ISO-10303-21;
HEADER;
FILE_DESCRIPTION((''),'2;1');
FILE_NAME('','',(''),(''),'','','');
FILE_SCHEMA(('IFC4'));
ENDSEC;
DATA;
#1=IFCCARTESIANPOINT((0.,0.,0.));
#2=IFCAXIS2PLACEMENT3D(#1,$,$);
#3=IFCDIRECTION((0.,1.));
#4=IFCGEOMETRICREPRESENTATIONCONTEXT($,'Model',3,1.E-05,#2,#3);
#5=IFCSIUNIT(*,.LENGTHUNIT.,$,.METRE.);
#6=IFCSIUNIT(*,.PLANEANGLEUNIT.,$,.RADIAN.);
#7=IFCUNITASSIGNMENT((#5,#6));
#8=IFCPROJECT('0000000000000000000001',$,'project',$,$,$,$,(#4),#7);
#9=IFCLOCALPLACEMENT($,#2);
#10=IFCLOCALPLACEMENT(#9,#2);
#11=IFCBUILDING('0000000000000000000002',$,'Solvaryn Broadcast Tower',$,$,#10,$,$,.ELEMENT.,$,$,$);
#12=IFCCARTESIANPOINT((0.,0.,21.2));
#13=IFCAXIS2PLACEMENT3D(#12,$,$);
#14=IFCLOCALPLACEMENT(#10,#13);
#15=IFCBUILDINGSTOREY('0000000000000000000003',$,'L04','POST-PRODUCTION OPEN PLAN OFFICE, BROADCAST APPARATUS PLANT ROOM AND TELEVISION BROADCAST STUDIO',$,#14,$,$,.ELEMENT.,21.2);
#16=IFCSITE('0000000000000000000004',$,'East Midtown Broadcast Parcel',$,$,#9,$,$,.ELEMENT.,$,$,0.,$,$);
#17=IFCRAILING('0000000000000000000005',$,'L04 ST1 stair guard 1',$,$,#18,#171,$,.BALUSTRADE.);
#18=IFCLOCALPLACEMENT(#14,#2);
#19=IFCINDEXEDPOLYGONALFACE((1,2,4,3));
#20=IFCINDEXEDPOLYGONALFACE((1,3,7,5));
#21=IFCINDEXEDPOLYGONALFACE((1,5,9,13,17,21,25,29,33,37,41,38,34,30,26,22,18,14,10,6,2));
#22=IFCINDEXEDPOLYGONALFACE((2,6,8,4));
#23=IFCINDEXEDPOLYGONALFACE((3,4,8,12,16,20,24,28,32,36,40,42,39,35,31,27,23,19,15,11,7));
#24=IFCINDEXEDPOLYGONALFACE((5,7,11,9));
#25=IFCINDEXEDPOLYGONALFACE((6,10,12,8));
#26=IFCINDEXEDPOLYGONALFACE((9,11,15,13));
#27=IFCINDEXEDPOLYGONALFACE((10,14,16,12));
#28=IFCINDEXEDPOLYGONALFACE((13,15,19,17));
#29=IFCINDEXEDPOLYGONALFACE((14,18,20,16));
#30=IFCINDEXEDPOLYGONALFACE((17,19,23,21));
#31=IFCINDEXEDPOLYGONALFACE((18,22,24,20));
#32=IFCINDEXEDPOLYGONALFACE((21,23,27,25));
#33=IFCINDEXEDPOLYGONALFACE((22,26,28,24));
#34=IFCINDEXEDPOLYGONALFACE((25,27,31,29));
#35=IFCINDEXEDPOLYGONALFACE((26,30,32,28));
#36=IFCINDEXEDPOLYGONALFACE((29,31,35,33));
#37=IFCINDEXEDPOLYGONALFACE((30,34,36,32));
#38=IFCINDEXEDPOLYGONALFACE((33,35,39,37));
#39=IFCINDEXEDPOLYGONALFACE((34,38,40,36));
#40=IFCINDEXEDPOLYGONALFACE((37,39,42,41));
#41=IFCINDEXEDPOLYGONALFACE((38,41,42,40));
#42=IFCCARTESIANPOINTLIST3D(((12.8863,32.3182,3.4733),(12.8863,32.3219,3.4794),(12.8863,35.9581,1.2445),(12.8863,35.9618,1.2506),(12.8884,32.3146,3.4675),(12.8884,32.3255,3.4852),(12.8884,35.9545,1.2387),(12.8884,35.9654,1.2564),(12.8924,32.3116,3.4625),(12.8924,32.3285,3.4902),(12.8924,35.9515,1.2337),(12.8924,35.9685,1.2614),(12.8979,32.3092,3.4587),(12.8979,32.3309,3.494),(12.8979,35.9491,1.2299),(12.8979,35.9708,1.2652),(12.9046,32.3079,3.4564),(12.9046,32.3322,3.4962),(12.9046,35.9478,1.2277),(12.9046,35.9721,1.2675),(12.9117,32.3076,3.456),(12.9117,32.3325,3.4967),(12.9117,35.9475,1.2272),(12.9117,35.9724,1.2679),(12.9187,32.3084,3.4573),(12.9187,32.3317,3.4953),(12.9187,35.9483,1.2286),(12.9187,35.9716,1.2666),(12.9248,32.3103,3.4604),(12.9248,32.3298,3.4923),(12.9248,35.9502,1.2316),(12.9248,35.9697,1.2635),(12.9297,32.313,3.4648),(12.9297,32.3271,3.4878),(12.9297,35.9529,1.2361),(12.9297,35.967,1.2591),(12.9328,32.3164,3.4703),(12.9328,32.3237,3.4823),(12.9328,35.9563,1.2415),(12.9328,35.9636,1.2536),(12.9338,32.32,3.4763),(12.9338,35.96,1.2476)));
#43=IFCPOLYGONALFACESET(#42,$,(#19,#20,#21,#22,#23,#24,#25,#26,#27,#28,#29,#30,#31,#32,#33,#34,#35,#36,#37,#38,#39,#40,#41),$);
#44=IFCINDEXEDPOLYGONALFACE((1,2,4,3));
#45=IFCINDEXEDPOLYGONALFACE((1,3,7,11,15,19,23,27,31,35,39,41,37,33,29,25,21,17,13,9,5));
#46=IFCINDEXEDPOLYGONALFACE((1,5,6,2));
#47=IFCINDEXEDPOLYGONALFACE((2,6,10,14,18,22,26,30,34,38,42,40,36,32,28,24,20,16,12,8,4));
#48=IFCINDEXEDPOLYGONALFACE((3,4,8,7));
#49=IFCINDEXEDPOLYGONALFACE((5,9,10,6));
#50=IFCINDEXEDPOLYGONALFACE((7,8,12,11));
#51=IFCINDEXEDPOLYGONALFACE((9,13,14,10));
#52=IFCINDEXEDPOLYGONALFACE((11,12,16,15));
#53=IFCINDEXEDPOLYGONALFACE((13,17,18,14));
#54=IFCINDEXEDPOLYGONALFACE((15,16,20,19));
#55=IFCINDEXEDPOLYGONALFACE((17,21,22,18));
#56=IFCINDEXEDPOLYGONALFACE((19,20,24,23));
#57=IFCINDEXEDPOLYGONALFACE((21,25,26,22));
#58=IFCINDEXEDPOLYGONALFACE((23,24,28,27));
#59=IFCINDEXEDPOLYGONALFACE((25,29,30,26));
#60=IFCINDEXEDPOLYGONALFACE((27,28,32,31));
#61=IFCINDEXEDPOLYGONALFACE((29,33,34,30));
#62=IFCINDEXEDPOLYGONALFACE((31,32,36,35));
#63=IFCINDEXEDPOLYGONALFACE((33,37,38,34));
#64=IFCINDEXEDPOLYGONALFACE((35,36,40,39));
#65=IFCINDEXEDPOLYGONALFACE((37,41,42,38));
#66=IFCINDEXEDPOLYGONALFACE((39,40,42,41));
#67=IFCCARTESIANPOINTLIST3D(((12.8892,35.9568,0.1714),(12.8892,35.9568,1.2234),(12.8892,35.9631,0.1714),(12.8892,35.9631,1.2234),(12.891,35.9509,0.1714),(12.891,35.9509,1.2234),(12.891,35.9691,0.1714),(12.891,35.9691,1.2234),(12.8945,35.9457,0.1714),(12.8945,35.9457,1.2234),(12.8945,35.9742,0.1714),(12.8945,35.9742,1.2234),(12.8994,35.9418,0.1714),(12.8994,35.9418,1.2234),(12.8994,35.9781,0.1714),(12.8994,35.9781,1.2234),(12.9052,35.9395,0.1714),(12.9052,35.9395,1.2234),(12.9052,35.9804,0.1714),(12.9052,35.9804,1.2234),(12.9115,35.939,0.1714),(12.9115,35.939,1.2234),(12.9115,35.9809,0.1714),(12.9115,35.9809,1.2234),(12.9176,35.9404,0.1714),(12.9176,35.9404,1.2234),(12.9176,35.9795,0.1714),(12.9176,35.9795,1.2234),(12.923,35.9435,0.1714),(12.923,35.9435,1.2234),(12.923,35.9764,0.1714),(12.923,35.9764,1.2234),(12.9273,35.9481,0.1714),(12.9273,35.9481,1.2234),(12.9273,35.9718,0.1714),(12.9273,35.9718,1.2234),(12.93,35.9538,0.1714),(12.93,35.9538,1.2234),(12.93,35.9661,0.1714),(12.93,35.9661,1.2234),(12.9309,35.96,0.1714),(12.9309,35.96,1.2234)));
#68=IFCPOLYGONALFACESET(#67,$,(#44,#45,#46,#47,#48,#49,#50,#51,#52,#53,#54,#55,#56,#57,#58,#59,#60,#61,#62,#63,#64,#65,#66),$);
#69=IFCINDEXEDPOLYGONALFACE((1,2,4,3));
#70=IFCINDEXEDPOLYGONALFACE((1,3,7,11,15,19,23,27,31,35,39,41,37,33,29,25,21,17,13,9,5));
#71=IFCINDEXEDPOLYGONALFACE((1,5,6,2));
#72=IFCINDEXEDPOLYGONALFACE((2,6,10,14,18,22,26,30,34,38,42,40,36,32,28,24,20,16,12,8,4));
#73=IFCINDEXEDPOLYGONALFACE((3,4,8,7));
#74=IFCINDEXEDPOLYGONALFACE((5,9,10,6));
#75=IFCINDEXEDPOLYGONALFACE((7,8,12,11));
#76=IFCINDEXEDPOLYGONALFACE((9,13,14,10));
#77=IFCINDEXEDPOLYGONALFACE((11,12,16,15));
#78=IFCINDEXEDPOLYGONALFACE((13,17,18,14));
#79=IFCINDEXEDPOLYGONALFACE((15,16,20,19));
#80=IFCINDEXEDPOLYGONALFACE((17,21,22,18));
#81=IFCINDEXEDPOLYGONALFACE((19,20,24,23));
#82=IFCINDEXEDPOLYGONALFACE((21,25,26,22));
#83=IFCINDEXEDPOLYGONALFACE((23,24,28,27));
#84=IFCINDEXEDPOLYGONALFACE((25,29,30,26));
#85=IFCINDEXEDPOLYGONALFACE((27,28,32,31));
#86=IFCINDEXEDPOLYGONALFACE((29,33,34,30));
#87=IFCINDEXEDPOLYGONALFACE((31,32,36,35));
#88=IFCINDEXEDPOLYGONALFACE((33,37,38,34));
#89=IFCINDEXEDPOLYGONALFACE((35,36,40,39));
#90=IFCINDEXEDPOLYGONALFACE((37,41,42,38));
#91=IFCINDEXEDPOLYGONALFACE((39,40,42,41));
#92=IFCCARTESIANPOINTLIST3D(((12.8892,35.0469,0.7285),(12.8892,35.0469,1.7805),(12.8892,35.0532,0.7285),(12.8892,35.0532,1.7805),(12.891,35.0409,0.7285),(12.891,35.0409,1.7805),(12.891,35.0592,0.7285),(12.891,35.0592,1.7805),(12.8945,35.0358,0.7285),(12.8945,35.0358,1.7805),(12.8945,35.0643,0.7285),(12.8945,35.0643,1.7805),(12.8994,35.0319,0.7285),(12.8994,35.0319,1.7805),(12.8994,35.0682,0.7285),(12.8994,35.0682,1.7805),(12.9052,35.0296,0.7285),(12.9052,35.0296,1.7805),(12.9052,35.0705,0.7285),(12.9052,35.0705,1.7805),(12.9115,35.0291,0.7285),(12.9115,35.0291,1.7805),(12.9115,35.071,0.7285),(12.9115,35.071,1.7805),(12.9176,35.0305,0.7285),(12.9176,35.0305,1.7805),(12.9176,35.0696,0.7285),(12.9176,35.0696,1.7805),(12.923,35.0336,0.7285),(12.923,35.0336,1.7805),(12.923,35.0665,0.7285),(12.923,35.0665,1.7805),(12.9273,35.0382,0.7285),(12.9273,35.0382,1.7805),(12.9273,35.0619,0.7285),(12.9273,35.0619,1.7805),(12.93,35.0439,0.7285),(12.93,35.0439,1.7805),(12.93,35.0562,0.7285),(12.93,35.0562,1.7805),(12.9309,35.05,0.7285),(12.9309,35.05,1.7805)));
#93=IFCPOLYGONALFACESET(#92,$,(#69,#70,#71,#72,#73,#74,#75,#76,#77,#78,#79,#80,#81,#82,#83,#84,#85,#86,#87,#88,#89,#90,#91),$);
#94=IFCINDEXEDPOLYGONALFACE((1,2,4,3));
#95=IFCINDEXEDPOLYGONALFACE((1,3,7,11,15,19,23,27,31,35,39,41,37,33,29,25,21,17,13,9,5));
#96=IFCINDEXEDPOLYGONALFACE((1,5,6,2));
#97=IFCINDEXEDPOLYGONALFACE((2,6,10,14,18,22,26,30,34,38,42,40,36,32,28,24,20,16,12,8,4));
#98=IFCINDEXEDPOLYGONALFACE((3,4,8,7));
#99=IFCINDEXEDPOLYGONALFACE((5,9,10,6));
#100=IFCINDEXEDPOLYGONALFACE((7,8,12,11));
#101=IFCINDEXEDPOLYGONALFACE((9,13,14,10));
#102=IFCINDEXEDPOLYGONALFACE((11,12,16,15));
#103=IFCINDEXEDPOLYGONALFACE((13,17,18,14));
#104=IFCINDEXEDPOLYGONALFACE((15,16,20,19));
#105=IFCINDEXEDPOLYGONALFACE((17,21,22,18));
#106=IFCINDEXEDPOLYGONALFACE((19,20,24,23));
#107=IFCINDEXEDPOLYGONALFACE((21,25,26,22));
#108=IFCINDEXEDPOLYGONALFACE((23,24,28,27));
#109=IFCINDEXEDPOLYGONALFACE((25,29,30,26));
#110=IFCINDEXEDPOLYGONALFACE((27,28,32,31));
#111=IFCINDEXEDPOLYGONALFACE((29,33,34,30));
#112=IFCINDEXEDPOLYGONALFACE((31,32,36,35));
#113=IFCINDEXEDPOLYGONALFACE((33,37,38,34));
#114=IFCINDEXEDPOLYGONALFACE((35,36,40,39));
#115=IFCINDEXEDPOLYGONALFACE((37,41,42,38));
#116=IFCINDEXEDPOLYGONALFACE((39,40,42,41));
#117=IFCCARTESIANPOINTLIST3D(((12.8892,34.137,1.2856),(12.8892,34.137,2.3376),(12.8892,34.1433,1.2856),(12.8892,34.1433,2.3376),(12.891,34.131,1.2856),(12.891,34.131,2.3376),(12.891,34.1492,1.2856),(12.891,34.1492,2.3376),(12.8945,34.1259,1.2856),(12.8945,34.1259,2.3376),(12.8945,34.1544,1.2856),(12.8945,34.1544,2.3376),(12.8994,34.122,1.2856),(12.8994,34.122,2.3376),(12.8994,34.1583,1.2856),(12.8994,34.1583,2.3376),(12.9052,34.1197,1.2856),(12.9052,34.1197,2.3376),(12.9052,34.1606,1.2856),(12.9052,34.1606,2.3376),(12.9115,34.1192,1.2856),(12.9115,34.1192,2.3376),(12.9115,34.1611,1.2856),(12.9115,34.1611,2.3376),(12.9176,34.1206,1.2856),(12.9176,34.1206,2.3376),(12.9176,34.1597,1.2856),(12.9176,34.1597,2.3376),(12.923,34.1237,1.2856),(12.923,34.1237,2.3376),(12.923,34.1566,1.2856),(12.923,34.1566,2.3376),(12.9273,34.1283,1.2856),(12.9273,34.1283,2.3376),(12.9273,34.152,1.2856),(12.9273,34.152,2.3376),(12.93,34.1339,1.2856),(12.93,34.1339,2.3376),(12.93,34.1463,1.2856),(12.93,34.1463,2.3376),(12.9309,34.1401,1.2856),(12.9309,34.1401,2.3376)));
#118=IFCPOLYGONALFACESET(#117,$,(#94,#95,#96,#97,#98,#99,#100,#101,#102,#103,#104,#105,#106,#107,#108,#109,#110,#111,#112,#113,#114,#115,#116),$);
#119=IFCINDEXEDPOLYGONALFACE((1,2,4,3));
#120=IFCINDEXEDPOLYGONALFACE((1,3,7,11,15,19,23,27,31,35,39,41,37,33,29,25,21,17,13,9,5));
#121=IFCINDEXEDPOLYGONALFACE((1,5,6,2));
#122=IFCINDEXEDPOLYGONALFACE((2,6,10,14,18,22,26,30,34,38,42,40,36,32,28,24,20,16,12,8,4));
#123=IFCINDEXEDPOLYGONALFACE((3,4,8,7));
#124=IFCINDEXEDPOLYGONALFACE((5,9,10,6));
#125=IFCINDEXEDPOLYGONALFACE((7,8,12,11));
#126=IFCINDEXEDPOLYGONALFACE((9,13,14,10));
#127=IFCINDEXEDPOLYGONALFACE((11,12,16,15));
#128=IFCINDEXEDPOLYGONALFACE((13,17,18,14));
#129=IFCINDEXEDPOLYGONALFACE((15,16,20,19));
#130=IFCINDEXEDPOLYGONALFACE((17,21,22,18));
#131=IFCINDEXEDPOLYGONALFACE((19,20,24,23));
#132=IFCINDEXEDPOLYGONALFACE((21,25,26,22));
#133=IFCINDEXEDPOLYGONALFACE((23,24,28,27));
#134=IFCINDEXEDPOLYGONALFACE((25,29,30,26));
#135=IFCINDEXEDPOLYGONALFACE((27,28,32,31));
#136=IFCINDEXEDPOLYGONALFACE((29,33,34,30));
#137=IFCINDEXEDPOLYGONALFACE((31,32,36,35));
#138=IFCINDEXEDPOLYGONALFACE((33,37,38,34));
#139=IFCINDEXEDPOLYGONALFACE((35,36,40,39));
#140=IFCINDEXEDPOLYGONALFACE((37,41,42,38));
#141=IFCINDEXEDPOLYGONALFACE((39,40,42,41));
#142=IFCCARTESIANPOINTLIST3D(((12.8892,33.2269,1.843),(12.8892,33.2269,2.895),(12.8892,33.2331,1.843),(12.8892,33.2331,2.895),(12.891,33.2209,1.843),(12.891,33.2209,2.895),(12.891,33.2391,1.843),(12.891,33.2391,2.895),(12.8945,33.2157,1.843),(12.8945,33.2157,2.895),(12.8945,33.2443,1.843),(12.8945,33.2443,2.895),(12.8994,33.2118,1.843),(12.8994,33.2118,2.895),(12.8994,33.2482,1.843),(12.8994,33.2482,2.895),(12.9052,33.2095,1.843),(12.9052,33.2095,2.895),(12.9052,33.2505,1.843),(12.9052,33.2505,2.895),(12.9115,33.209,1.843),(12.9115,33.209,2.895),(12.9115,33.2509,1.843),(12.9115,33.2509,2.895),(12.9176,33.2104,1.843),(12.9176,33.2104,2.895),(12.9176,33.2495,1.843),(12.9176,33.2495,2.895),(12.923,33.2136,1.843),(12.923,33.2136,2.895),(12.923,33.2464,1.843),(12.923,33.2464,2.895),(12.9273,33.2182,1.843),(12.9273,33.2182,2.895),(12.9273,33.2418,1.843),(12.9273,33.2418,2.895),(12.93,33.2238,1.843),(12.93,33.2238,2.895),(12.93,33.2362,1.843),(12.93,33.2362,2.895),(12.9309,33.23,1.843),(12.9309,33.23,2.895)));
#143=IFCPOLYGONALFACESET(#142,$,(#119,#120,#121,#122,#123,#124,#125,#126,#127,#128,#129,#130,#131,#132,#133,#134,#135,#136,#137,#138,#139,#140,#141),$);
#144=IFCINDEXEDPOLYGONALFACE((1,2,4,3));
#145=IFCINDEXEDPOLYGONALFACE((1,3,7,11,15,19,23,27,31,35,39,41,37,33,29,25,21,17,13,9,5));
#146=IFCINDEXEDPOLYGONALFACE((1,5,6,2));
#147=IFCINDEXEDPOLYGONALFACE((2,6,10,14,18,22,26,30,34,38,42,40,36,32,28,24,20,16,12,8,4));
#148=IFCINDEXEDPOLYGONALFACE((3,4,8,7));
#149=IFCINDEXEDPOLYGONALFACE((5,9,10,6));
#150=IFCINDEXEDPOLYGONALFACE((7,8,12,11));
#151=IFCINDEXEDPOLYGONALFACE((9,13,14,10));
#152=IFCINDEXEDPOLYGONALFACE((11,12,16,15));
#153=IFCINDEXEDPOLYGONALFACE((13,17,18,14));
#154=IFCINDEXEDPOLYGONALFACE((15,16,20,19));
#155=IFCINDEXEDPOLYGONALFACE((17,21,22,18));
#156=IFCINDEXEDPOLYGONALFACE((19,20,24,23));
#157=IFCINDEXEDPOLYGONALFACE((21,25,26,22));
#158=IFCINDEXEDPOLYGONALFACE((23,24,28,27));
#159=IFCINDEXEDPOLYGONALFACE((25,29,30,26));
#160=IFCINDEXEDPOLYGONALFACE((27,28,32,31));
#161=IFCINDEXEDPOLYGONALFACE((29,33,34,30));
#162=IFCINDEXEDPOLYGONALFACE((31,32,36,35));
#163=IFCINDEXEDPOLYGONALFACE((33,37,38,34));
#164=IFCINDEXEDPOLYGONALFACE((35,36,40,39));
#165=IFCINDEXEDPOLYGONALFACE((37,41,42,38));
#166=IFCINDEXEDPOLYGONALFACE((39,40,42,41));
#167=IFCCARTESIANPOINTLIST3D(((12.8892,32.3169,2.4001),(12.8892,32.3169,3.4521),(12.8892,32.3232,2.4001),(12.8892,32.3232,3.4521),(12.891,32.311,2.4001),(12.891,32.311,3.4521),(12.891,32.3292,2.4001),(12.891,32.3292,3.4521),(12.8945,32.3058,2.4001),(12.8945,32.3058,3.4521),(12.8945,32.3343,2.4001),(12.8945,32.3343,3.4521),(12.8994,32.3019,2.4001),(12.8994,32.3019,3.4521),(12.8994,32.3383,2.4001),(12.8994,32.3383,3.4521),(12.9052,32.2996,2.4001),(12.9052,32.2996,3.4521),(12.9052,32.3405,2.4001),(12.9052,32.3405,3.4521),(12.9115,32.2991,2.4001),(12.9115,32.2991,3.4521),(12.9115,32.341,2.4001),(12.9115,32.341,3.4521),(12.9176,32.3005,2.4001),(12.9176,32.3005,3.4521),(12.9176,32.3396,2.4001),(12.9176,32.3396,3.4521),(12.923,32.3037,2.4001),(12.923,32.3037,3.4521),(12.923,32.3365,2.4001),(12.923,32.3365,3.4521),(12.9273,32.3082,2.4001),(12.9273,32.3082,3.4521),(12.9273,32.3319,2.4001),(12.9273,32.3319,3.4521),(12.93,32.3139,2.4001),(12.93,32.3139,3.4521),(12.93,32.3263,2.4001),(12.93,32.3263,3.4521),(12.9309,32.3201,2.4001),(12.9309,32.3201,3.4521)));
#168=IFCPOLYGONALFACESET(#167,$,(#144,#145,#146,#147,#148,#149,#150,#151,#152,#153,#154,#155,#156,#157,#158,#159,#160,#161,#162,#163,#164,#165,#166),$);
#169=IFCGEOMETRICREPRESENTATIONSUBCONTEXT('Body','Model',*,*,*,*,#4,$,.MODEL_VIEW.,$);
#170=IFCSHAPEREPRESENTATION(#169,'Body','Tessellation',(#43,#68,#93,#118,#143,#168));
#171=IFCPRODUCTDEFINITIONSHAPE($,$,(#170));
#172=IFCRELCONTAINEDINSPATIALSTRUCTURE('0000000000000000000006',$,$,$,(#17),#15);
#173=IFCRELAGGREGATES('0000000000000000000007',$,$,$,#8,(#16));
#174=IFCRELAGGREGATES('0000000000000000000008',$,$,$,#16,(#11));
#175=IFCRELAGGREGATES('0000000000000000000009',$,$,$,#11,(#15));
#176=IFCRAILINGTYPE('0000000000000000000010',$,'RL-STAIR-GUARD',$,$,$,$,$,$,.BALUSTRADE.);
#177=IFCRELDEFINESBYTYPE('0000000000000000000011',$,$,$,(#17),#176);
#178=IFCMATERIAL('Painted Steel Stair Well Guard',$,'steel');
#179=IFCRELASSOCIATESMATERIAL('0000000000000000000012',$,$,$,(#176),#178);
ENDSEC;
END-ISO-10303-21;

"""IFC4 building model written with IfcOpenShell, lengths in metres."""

from ifc_helpers import new_model, si_unit, direction, frame, origin, origin_2d, place, context, subcontext, project, spatial, circle, extrude, material, type_object, element, save


model = new_model("IFC4")

# Units and contexts
model_context = context("Model", 3, precision=1e-05, world=origin(), true_north=direction((0.0, 1.0)))
body_context = subcontext(model_context, "Body", "Model", "MODEL_VIEW")
ifc_project = project(units=[si_unit("LENGTHUNIT", "METRE"), si_unit("PLANEANGLEUNIT", "RADIAN")], contexts=[model_context])

# Site, building, storey
site_placement = place(None, origin())
site = spatial("IfcSite", under=ifc_project, at=site_placement, Name="East Midtown Broadcast Parcel", CompositionType="ELEMENT", RefElevation=0.0)
building_placement = place(site_placement, origin())
building = spatial("IfcBuilding", under=site, at=building_placement, Name="Solvaryn Broadcast Tower", CompositionType="ELEMENT")
storey_placement = place(building_placement, frame((0.0, 0.0, 21.2)))
storey = spatial("IfcBuildingStorey", under=building, at=storey_placement, Name="L04", Description="POST-PRODUCTION OPEN PLAN OFFICE, BROADCAST APPARATUS PLANT ROOM AND TELEVISION BROADCAST STUDIO", CompositionType="ELEMENT", Elevation=21.2)

# Railing
ifc_material_1 = material(Name="Painted Steel Stair Well Guard", Category="steel")
railing_type_1 = type_object("IfcRailingType", Name="RL-STAIR-GUARD", PredefinedType="BALUSTRADE", material=ifc_material_1)
railing_1_placement = place(storey_placement, frame((12.9099, 35.96, 0.1714)))
element("IfcRailing", 1, at=railing_1_placement, inside=storey, type_object=railing_type_1, Name="L04 ST1 stair guard 1", PredefinedType="BALUSTRADE", context=body_context, shape_type="SweptSolid", body=[
    extrude(circle(Radius=0.0239, at=origin_2d()), frame((0.0, 0.0, 1.0762), z_axis=(0.0, -0.852825, 0.522197), x_axis=(1.0, 0.0, 0.0)), (0.0, 0.0, 1.0), 4.2681),
    extrude(circle(Radius=0.021, at=origin_2d()), origin(), (0.0, 0.0, 1.0), 1.052),
    extrude(circle(Radius=0.021, at=origin_2d()), frame((0.0, -0.9099, 0.5571)), (0.0, 0.0, 1.0), 1.052),
    extrude(circle(Radius=0.021, at=origin_2d()), frame((0.0, -1.8198, 1.1143)), (0.0, 0.0, 1.0), 1.052),
    extrude(circle(Radius=0.021, at=origin_2d()), frame((0.0, -2.73, 1.6716)), (0.0, 0.0, 1.0), 1.052),
    extrude(circle(Radius=0.021, at=origin_2d()), frame((0.0, -3.6399, 2.2288)), (0.0, 0.0, 1.0), 1.052),
])

save(model, "model.ifc")
